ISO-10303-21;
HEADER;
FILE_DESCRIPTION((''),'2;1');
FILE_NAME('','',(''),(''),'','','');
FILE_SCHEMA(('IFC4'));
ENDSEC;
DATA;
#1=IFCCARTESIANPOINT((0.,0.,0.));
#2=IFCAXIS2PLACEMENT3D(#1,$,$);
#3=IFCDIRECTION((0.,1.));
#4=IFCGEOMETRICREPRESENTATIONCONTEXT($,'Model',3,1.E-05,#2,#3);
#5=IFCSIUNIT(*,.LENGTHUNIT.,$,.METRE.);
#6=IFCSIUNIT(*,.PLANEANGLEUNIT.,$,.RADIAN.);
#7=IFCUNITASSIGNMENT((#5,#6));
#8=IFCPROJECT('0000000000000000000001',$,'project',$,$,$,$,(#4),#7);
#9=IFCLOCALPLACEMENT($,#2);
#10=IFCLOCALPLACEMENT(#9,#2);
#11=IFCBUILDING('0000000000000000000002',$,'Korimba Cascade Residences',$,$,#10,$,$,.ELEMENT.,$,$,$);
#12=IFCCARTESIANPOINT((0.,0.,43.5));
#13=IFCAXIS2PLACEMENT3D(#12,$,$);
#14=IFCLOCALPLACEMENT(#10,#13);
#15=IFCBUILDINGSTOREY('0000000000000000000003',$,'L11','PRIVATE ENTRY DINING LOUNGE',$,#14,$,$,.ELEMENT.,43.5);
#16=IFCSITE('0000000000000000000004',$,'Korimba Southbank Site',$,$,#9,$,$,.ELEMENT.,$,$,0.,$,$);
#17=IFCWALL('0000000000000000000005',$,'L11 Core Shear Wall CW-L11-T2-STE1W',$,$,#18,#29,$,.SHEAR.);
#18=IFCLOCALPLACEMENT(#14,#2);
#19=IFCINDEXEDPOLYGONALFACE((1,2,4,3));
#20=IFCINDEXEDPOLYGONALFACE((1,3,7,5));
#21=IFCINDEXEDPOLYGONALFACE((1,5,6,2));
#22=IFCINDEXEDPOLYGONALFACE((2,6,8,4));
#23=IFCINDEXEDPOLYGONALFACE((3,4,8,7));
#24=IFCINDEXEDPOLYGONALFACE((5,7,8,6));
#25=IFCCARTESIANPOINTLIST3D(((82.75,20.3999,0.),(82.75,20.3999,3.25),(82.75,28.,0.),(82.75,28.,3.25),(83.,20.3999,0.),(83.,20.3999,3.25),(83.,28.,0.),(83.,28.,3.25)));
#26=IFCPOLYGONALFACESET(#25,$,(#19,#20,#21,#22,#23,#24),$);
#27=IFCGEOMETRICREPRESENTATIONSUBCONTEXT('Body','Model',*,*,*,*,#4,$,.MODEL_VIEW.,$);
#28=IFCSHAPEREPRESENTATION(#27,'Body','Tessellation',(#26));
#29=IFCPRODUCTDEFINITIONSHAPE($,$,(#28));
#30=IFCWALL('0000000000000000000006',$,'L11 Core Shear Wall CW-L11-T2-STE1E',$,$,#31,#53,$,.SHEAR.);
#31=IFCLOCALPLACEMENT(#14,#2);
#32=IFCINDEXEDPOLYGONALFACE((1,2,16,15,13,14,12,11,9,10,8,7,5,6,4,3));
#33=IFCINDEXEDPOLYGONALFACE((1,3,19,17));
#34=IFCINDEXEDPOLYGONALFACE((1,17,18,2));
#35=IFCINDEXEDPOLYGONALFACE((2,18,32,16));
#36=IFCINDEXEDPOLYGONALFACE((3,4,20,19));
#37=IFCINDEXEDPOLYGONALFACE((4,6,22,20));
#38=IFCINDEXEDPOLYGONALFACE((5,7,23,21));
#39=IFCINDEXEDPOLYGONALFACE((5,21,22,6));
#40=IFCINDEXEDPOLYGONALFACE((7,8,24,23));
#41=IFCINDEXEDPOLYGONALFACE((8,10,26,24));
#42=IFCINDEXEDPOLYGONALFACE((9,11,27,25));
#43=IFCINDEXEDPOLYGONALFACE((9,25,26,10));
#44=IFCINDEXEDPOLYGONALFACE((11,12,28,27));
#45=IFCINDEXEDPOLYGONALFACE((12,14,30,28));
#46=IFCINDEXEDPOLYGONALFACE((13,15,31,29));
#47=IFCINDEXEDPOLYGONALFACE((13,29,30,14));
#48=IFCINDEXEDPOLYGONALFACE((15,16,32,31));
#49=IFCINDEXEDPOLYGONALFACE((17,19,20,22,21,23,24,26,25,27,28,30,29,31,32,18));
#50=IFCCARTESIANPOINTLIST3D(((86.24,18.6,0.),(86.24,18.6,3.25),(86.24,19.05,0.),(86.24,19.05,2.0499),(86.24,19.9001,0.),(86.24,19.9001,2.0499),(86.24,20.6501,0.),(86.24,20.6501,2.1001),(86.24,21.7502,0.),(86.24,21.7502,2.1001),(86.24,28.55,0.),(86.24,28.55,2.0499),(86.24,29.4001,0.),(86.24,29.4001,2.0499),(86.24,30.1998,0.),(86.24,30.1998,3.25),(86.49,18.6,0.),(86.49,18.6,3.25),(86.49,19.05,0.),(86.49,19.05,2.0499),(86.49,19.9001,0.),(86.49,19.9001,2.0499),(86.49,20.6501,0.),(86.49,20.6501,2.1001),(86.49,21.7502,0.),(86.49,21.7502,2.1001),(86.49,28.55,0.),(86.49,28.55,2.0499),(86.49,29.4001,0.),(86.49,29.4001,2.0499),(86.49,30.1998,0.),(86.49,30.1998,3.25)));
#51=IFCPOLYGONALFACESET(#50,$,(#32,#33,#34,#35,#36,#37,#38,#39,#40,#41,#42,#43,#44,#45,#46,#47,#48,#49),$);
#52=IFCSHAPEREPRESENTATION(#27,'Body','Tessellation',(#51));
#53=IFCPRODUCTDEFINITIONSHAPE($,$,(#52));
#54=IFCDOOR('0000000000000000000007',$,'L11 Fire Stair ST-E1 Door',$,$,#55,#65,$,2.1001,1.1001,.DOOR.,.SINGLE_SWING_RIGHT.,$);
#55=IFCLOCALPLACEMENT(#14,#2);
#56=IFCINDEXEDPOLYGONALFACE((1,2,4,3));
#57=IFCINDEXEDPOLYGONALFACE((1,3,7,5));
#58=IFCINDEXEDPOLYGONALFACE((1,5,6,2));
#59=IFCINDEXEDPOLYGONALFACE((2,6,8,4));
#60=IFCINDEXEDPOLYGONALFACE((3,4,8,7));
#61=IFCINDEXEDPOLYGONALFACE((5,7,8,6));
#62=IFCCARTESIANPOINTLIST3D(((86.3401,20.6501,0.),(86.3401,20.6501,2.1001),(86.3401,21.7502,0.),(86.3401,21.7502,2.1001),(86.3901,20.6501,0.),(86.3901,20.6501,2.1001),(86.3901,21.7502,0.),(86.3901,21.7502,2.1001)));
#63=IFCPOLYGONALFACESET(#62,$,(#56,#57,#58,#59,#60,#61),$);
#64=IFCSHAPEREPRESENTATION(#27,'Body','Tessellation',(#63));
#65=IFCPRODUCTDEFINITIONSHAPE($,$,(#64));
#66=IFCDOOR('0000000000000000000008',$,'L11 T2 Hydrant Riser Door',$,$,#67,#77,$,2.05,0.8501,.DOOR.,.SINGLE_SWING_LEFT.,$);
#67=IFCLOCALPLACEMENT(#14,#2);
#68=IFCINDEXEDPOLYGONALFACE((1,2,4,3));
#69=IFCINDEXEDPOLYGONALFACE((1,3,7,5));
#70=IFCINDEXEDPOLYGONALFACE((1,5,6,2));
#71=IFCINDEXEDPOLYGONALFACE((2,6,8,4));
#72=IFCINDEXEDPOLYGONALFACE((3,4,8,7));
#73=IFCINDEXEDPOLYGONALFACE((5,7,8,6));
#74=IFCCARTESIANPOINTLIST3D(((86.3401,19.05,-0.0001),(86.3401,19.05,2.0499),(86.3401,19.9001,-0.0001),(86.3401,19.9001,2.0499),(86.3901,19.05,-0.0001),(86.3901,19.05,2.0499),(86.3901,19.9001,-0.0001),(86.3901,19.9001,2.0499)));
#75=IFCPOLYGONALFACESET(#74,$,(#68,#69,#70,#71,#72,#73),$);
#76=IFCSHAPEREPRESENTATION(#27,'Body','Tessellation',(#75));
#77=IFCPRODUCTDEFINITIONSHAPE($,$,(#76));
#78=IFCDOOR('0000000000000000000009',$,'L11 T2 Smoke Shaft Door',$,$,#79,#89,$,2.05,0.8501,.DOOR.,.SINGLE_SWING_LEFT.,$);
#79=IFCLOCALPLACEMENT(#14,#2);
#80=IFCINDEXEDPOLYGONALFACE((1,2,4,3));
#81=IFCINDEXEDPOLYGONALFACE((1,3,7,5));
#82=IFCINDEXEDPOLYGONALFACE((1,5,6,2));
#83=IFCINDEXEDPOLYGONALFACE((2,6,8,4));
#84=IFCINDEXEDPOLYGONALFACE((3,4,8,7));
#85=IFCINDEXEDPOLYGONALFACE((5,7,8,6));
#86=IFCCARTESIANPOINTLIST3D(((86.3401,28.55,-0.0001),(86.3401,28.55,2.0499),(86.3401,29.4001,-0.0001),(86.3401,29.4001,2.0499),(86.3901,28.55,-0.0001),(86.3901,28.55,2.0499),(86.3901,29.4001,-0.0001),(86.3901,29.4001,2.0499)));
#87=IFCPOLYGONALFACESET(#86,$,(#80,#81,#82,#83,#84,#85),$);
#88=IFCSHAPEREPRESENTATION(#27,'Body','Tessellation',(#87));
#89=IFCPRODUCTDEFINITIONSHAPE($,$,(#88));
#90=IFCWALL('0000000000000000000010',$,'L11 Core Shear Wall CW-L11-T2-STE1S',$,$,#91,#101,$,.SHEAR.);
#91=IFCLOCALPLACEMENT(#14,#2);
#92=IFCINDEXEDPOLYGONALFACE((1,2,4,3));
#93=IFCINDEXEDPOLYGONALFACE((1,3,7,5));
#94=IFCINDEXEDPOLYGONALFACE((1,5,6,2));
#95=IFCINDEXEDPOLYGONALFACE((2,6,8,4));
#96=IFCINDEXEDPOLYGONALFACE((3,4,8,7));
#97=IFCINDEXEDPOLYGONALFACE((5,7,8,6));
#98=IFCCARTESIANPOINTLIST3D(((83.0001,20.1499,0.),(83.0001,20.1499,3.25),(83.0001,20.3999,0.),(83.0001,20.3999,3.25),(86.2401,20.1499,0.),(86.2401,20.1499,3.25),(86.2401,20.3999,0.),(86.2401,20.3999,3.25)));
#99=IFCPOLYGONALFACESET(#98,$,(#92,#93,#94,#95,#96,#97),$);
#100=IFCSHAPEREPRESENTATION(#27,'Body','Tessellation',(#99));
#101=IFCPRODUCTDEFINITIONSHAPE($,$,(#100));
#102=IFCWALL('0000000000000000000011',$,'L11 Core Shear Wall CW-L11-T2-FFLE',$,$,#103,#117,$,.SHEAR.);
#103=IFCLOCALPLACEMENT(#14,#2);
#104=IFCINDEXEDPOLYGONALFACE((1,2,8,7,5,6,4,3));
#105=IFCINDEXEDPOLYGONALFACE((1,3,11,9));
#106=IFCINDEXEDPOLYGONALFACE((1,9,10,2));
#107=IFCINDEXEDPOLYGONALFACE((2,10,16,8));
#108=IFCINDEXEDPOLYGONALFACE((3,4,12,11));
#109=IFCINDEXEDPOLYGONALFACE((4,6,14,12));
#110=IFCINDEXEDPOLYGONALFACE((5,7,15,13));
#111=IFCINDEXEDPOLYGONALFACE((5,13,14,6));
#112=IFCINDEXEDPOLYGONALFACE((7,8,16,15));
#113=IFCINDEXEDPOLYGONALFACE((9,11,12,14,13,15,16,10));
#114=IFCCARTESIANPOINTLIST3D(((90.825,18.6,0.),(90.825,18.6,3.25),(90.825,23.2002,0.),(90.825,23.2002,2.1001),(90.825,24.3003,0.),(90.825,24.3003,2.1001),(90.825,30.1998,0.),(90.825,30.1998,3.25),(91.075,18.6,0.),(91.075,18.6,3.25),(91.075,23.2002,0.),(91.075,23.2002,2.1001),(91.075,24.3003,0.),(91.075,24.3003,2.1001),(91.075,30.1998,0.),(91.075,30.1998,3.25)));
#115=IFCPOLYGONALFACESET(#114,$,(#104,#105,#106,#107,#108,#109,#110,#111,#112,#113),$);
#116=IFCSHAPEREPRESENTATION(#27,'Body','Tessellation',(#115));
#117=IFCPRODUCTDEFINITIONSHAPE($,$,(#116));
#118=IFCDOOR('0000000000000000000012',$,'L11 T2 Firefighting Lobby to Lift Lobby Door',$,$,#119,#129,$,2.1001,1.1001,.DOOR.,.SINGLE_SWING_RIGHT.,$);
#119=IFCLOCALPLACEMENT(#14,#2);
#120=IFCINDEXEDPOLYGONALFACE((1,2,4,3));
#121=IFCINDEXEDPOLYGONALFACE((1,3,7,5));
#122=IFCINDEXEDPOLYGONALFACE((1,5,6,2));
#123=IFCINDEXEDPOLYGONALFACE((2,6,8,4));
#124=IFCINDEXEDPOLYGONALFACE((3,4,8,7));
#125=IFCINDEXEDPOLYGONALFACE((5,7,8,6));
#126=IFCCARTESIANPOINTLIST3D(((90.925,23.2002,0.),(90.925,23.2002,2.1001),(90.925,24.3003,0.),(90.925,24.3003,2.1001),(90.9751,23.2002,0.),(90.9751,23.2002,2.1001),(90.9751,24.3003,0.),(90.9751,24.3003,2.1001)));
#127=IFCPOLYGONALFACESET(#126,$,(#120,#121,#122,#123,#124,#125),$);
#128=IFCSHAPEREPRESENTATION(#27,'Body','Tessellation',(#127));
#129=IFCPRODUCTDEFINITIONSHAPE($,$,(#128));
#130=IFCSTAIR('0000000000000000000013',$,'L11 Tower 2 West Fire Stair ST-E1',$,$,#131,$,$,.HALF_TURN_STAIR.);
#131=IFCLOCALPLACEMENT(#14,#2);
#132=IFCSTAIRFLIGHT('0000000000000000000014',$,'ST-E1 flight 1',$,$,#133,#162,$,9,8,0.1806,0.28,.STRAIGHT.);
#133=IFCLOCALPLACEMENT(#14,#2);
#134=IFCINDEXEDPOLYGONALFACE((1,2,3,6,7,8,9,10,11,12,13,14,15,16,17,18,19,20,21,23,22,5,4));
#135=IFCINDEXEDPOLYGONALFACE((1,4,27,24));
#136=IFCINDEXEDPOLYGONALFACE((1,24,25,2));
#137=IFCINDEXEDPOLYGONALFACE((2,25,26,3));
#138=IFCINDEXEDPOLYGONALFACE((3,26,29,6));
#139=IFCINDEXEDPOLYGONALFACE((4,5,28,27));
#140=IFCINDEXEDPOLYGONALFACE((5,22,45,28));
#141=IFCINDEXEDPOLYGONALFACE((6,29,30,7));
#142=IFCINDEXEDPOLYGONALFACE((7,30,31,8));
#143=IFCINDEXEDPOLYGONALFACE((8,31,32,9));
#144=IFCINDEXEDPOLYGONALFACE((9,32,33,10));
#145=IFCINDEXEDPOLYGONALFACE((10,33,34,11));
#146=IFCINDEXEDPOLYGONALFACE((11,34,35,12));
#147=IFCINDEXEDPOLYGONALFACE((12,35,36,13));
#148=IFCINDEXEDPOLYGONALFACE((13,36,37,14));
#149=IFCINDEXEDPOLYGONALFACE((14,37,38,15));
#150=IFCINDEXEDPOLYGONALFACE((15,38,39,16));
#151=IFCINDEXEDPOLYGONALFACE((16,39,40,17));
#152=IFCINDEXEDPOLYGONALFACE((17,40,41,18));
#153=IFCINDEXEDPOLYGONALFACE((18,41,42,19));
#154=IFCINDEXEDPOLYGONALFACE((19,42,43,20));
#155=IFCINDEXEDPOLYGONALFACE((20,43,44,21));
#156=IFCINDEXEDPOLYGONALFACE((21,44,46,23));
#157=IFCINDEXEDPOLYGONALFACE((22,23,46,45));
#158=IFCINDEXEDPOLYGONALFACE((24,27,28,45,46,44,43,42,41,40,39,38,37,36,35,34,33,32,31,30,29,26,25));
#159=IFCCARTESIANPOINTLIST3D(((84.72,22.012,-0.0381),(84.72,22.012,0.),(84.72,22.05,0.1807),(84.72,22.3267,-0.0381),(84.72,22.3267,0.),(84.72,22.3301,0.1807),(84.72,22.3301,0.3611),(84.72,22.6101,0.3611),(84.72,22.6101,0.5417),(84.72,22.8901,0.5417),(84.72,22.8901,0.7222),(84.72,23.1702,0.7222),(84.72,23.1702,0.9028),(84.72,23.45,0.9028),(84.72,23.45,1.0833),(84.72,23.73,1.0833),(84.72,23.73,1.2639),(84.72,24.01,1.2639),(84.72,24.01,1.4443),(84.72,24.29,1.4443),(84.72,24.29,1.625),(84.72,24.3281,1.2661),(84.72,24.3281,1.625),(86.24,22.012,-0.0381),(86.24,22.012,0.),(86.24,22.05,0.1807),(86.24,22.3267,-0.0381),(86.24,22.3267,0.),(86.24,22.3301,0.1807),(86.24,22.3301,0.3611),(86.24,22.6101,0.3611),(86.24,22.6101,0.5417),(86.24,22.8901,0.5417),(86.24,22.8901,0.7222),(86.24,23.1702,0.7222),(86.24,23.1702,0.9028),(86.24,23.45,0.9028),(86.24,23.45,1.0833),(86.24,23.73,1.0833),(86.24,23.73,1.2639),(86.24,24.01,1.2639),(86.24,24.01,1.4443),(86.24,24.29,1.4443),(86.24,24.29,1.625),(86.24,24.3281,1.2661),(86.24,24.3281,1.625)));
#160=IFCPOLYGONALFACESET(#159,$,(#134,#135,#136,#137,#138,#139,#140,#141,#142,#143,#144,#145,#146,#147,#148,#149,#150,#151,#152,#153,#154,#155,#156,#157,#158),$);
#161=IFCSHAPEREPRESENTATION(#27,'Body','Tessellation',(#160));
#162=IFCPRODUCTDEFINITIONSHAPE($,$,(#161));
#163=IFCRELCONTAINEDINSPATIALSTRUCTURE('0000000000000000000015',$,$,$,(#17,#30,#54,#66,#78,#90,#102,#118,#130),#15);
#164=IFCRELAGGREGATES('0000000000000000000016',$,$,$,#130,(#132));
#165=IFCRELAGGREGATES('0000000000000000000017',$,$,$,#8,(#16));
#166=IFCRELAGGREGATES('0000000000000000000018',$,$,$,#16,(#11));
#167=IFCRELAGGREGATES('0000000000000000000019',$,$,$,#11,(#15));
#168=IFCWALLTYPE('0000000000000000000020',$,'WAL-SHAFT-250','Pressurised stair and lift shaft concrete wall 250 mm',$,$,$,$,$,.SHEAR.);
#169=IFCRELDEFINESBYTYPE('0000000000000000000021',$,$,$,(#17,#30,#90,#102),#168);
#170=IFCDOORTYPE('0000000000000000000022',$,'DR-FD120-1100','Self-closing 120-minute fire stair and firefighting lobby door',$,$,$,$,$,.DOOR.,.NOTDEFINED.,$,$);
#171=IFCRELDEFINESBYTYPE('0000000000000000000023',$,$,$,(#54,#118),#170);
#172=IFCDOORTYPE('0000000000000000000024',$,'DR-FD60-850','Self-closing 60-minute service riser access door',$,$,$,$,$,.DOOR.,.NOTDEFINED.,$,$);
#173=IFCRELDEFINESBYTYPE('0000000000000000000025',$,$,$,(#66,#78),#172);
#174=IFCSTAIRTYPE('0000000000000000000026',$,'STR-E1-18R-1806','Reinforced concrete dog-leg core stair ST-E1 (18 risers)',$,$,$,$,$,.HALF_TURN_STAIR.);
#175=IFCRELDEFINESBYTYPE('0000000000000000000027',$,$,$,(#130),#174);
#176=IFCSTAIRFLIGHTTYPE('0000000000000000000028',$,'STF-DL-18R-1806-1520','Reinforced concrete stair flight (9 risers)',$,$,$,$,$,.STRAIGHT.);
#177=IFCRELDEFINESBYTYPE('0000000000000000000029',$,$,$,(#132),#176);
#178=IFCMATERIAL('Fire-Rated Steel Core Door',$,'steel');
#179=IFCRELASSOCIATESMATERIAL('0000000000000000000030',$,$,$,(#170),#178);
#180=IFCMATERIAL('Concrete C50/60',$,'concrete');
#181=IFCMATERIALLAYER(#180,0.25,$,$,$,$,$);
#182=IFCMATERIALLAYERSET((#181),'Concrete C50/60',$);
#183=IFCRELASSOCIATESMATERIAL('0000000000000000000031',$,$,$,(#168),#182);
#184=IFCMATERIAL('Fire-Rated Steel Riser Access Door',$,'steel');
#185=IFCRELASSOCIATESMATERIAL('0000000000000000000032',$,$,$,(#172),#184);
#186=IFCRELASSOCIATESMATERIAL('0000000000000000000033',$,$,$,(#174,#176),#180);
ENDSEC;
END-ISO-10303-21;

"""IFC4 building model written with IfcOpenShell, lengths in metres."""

from ifc_helpers import new_model, si_unit, direction, frame, frame_2d, origin, place, context, subcontext, project, spatial, polyline, rectangle, outline, extrude, material, layer, layer_set, type_object, element, fill, aggregate, save


model = new_model("IFC4")

# Units and contexts
model_context = context("Model", 3, precision=1e-05, world=origin(), true_north=direction((0.0, 1.0)))
body_context = subcontext(model_context, "Body", "Model", "MODEL_VIEW")
ifc_project = project(units=[si_unit("LENGTHUNIT", "METRE"), si_unit("PLANEANGLEUNIT", "RADIAN")], contexts=[model_context])

# Site, building, storey
site_placement = place(None, origin())
site = spatial("IfcSite", under=ifc_project, at=site_placement, Name="Korimba Southbank Site", CompositionType="ELEMENT", RefElevation=0.0)
building_placement = place(site_placement, origin())
building = spatial("IfcBuilding", under=site, at=building_placement, Name="Korimba Cascade Residences", CompositionType="ELEMENT")
storey_placement = place(building_placement, frame((0.0, 0.0, 43.5)))
storey = spatial("IfcBuildingStorey", under=building, at=storey_placement, Name="L11", Description="PRIVATE ENTRY DINING LOUNGE", CompositionType="ELEMENT", Elevation=43.5)

# Shared definitions
ifc_material_1 = material(Name="Concrete C50/60", Category="concrete")

# Shared definitions
ifc_material_2 = material(Name="Fire-Rated Steel Core Door", Category="steel")
door_type_1 = type_object("IfcDoorType", Name="DR-FD120-1100", Description="Self-closing 120-minute fire stair and firefighting lobby door", OperationType="NOTDEFINED", PredefinedType="DOOR", material=ifc_material_2)

# Wall
ifc_layer_1 = layer(ifc_material_1, 0.25)
ifc_layer_set_1 = layer_set([ifc_layer_1], Name="Concrete C50/60")
wall_type_1 = type_object("IfcWallType", Name="WAL-SHAFT-250", Description="Pressurised stair and lift shaft concrete wall 250 mm", PredefinedType="SHEAR", material=ifc_layer_set_1)
wall_1_placement = place(storey_placement, frame((82.875, 20.3999, 0.0), z_axis=(0.0, 0.0, 1.0), x_axis=(0.0, 1.0, 0.0)))
element("IfcWall", 1, at=wall_1_placement, inside=storey, type_object=wall_type_1, Name="L11 Core Shear Wall CW-L11-T2-STE1W", PredefinedType="SHEAR", context=body_context, shape_type="SweptSolid", body=[
    extrude(rectangle(XDim=7.6001, YDim=0.25, at=frame_2d((3.8, 0.0))), origin(), (0.0, 0.0, 1.0), 3.25),
])

# Wall, openings, doors
wall_2_placement = place(storey_placement, frame((86.365, 18.6001, 0.0), z_axis=(0.0, 0.0, 1.0), x_axis=(0.0, 1.0, 0.0)))
wall_2 = element("IfcWall", 2, at=wall_2_placement, inside=storey, type_object=wall_type_1, Name="L11 Core Shear Wall CW-L11-T2-STE1E", PredefinedType="SHEAR", context=body_context, shape_type="SweptSolid", body=[
    extrude(rectangle(XDim=11.5999, YDim=0.25, at=frame_2d((5.7998, 0.0))), origin(), (0.0, 0.0, 1.0), 3.25),
])
opening_1_placement = place(wall_2_placement, frame((0.45, 0.0, 0.0)))
opening_1 = element("IfcOpeningElement", 3, at=opening_1_placement, cuts=wall_2, PredefinedType="OPENING", context=body_context, shape_type="SweptSolid", body=[
    extrude(rectangle(XDim=0.8501, YDim=2.05, at=frame_2d((0.425, 1.0249))), frame((0.0, 0.135, 0.0), z_axis=(0.0, -1.0, 0.0), x_axis=(1.0, 0.0, 0.0)), (0.0, 0.0, 1.0), 0.27),
])
opening_2_placement = place(wall_2_placement, frame((2.05, 0.0, 0.0)))
opening_2 = element("IfcOpeningElement", 4, at=opening_2_placement, cuts=wall_2, PredefinedType="OPENING", context=body_context, shape_type="SweptSolid", body=[
    extrude(rectangle(XDim=1.1001, YDim=2.1001, at=frame_2d((0.55, 1.05))), frame((0.0, 0.135, 0.0), z_axis=(0.0, -1.0, 0.0), x_axis=(1.0, 0.0, 0.0)), (0.0, 0.0, 1.0), 0.27),
])
opening_3_placement = place(wall_2_placement, frame((9.95, 0.0, 0.0)))
opening_3 = element("IfcOpeningElement", 5, at=opening_3_placement, cuts=wall_2, PredefinedType="OPENING", context=body_context, shape_type="SweptSolid", body=[
    extrude(rectangle(XDim=0.8501, YDim=2.05, at=frame_2d((0.425, 1.0249))), frame((0.0, 0.135, 0.0), z_axis=(0.0, -1.0, 0.0), x_axis=(1.0, 0.0, 0.0)), (0.0, 0.0, 1.0), 0.27),
])
door_1_placement = place(opening_2_placement, origin())
door_1 = element("IfcDoor", 6, at=door_1_placement, inside=storey, type_object=door_type_1, Name="L11 Fire Stair ST-E1 Door", OperationType="SINGLE_SWING_RIGHT", OverallHeight=2.1001, OverallWidth=1.1001, PredefinedType="DOOR", context=body_context, shape_type="SweptSolid", body=[
    extrude(rectangle(XDim=1.1001, YDim=2.1001, at=frame_2d((0.55, 1.05))), frame((0.0, 0.0249, 0.0), z_axis=(0.0, -1.0, 0.0), x_axis=(1.0, 0.0, 0.0)), (0.0, 0.0, 1.0), 0.05),
])
fill(opening_2, door_1)
ifc_material_3 = material(Name="Fire-Rated Steel Riser Access Door", Category="steel")
door_type_2 = type_object("IfcDoorType", Name="DR-FD60-850", Description="Self-closing 60-minute service riser access door", OperationType="NOTDEFINED", PredefinedType="DOOR", material=ifc_material_3)
door_2_placement = place(opening_1_placement, origin())
door_2 = element("IfcDoor", 7, at=door_2_placement, inside=storey, type_object=door_type_2, Name="L11 T2 Hydrant Riser Door", OperationType="SINGLE_SWING_LEFT", OverallHeight=2.05, OverallWidth=0.8501, PredefinedType="DOOR", context=body_context, shape_type="SweptSolid", body=[
    extrude(rectangle(XDim=0.8501, YDim=2.05, at=frame_2d((0.425, 1.0249))), frame((0.0, 0.0249, 0.0), z_axis=(0.0, -1.0, 0.0), x_axis=(1.0, 0.0, 0.0)), (0.0, 0.0, 1.0), 0.05),
])
fill(opening_1, door_2)
door_3_placement = place(opening_3_placement, origin())
door_3 = element("IfcDoor", 8, at=door_3_placement, inside=storey, type_object=door_type_2, Name="L11 T2 Smoke Shaft Door", OperationType="SINGLE_SWING_LEFT", OverallHeight=2.05, OverallWidth=0.8501, PredefinedType="DOOR", context=body_context, shape_type="SweptSolid", body=[
    extrude(rectangle(XDim=0.8501, YDim=2.05, at=frame_2d((0.425, 1.0249))), frame((0.0, 0.0249, 0.0), z_axis=(0.0, -1.0, 0.0), x_axis=(1.0, 0.0, 0.0)), (0.0, 0.0, 1.0), 0.05),
])
fill(opening_3, door_3)

# Wall
wall_3_placement = place(storey_placement, frame((83.0, 20.2749, 0.0), z_axis=(0.0, 0.0, 1.0), x_axis=(1.0, 0.0, 0.0)))
element("IfcWall", 9, at=wall_3_placement, inside=storey, type_object=wall_type_1, Name="L11 Core Shear Wall CW-L11-T2-STE1S", PredefinedType="SHEAR", context=body_context, shape_type="SweptSolid", body=[
    extrude(rectangle(XDim=3.24, YDim=0.25, at=frame_2d((1.6201, 0.0))), origin(), (0.0, 0.0, 1.0), 3.25),
])

# Wall, opening, door
wall_4_placement = place(storey_placement, frame((90.95, 18.6001, 0.0), z_axis=(0.0, 0.0, 1.0), x_axis=(0.0, 1.0, 0.0)))
wall_4 = element("IfcWall", 10, at=wall_4_placement, inside=storey, type_object=wall_type_1, Name="L11 Core Shear Wall CW-L11-T2-FFLE", PredefinedType="SHEAR", context=body_context, shape_type="SweptSolid", body=[
    extrude(rectangle(XDim=11.5999, YDim=0.25, at=frame_2d((5.7998, 0.0))), origin(), (0.0, 0.0, 1.0), 3.25),
])
opening_4_placement = place(wall_4_placement, frame((4.6001, 0.0, 0.0)))
opening_4 = element("IfcOpeningElement", 11, at=opening_4_placement, cuts=wall_4, PredefinedType="OPENING", context=body_context, shape_type="SweptSolid", body=[
    extrude(rectangle(XDim=1.1001, YDim=2.1001, at=frame_2d((0.55, 1.05))), frame((0.0, 0.135, 0.0), z_axis=(0.0, -1.0, 0.0), x_axis=(1.0, 0.0, 0.0)), (0.0, 0.0, 1.0), 0.27),
])
door_4_placement = place(opening_4_placement, origin())
door_4 = element("IfcDoor", 12, at=door_4_placement, inside=storey, type_object=door_type_1, Name="L11 T2 Firefighting Lobby to Lift Lobby Door", OperationType="SINGLE_SWING_RIGHT", OverallHeight=2.1001, OverallWidth=1.1001, PredefinedType="DOOR", context=body_context, shape_type="SweptSolid", body=[
    extrude(rectangle(XDim=1.1001, YDim=2.1001, at=frame_2d((0.55, 1.05))), frame((0.0, 0.0249, 0.0), z_axis=(0.0, -1.0, 0.0), x_axis=(1.0, 0.0, 0.0)), (0.0, 0.0, 1.0), 0.05),
])
fill(opening_4, door_4)

# Stair, stair flight
stair_type = type_object("IfcStairType", Name="STR-E1-18R-1806", Description="Reinforced concrete dog-leg core stair ST-E1 (18 risers)", PredefinedType="HALF_TURN_STAIR", material=ifc_material_1)
stair_placement = place(storey_placement, origin())
stair = element("IfcStair", 13, at=stair_placement, inside=storey, type_object=stair_type, Name="L11 Tower 2 West Fire Stair ST-E1", PredefinedType="HALF_TURN_STAIR")
stair_flight_type = type_object("IfcStairFlightType", Name="STF-DL-18R-1806-1520", Description="Reinforced concrete stair flight (9 risers)", PredefinedType="STRAIGHT", material=ifc_material_1)
stair_flight_placement = place(storey_placement, frame((85.48, 22.05, 0.0), z_axis=(0.0, 0.0, 1.0), x_axis=(0.0, 1.0, 0.0)))
stair_flight = element("IfcStairFlight", 14, at=stair_flight_placement, type_object=stair_flight_type, Name="ST-E1 flight 1", NumberOfRisers=9, NumberOfTreads=8, PredefinedType="STRAIGHT", RiserHeight=0.1806, TreadLength=0.28, context=body_context, shape_type="SweptSolid", body=[
    extrude(outline(polyline([(-0.0381, 0.0), (0.0, 0.1807), (0.28, 0.1807), (0.28, 0.3611), (0.5601, 0.3611), (0.5601, 0.5417), (0.8401, 0.5417), (0.8401, 0.7222), (1.1201, 0.7222), (1.1201, 0.9028), (1.3999, 0.9028), (1.3999, 1.0833), (1.6799, 1.0833), (1.6799, 1.2639), (1.96, 1.2639), (1.96, 1.4443), (2.24, 1.4443), (2.24, 1.625), (2.2781, 1.625), (2.2781, 1.2661), (0.2766, 0.0), (0.2766, -0.0381), (-0.0381, -0.0381), (-0.0381, 0.0)])), frame((0.0, 0.76, 0.0), z_axis=(0.0, -1.0, 0.0), x_axis=(1.0, 0.0, 0.0)), (0.0, 0.0, 1.0), 1.52),
])
aggregate(stair, [stair_flight])

save(model, "model.ifc")
